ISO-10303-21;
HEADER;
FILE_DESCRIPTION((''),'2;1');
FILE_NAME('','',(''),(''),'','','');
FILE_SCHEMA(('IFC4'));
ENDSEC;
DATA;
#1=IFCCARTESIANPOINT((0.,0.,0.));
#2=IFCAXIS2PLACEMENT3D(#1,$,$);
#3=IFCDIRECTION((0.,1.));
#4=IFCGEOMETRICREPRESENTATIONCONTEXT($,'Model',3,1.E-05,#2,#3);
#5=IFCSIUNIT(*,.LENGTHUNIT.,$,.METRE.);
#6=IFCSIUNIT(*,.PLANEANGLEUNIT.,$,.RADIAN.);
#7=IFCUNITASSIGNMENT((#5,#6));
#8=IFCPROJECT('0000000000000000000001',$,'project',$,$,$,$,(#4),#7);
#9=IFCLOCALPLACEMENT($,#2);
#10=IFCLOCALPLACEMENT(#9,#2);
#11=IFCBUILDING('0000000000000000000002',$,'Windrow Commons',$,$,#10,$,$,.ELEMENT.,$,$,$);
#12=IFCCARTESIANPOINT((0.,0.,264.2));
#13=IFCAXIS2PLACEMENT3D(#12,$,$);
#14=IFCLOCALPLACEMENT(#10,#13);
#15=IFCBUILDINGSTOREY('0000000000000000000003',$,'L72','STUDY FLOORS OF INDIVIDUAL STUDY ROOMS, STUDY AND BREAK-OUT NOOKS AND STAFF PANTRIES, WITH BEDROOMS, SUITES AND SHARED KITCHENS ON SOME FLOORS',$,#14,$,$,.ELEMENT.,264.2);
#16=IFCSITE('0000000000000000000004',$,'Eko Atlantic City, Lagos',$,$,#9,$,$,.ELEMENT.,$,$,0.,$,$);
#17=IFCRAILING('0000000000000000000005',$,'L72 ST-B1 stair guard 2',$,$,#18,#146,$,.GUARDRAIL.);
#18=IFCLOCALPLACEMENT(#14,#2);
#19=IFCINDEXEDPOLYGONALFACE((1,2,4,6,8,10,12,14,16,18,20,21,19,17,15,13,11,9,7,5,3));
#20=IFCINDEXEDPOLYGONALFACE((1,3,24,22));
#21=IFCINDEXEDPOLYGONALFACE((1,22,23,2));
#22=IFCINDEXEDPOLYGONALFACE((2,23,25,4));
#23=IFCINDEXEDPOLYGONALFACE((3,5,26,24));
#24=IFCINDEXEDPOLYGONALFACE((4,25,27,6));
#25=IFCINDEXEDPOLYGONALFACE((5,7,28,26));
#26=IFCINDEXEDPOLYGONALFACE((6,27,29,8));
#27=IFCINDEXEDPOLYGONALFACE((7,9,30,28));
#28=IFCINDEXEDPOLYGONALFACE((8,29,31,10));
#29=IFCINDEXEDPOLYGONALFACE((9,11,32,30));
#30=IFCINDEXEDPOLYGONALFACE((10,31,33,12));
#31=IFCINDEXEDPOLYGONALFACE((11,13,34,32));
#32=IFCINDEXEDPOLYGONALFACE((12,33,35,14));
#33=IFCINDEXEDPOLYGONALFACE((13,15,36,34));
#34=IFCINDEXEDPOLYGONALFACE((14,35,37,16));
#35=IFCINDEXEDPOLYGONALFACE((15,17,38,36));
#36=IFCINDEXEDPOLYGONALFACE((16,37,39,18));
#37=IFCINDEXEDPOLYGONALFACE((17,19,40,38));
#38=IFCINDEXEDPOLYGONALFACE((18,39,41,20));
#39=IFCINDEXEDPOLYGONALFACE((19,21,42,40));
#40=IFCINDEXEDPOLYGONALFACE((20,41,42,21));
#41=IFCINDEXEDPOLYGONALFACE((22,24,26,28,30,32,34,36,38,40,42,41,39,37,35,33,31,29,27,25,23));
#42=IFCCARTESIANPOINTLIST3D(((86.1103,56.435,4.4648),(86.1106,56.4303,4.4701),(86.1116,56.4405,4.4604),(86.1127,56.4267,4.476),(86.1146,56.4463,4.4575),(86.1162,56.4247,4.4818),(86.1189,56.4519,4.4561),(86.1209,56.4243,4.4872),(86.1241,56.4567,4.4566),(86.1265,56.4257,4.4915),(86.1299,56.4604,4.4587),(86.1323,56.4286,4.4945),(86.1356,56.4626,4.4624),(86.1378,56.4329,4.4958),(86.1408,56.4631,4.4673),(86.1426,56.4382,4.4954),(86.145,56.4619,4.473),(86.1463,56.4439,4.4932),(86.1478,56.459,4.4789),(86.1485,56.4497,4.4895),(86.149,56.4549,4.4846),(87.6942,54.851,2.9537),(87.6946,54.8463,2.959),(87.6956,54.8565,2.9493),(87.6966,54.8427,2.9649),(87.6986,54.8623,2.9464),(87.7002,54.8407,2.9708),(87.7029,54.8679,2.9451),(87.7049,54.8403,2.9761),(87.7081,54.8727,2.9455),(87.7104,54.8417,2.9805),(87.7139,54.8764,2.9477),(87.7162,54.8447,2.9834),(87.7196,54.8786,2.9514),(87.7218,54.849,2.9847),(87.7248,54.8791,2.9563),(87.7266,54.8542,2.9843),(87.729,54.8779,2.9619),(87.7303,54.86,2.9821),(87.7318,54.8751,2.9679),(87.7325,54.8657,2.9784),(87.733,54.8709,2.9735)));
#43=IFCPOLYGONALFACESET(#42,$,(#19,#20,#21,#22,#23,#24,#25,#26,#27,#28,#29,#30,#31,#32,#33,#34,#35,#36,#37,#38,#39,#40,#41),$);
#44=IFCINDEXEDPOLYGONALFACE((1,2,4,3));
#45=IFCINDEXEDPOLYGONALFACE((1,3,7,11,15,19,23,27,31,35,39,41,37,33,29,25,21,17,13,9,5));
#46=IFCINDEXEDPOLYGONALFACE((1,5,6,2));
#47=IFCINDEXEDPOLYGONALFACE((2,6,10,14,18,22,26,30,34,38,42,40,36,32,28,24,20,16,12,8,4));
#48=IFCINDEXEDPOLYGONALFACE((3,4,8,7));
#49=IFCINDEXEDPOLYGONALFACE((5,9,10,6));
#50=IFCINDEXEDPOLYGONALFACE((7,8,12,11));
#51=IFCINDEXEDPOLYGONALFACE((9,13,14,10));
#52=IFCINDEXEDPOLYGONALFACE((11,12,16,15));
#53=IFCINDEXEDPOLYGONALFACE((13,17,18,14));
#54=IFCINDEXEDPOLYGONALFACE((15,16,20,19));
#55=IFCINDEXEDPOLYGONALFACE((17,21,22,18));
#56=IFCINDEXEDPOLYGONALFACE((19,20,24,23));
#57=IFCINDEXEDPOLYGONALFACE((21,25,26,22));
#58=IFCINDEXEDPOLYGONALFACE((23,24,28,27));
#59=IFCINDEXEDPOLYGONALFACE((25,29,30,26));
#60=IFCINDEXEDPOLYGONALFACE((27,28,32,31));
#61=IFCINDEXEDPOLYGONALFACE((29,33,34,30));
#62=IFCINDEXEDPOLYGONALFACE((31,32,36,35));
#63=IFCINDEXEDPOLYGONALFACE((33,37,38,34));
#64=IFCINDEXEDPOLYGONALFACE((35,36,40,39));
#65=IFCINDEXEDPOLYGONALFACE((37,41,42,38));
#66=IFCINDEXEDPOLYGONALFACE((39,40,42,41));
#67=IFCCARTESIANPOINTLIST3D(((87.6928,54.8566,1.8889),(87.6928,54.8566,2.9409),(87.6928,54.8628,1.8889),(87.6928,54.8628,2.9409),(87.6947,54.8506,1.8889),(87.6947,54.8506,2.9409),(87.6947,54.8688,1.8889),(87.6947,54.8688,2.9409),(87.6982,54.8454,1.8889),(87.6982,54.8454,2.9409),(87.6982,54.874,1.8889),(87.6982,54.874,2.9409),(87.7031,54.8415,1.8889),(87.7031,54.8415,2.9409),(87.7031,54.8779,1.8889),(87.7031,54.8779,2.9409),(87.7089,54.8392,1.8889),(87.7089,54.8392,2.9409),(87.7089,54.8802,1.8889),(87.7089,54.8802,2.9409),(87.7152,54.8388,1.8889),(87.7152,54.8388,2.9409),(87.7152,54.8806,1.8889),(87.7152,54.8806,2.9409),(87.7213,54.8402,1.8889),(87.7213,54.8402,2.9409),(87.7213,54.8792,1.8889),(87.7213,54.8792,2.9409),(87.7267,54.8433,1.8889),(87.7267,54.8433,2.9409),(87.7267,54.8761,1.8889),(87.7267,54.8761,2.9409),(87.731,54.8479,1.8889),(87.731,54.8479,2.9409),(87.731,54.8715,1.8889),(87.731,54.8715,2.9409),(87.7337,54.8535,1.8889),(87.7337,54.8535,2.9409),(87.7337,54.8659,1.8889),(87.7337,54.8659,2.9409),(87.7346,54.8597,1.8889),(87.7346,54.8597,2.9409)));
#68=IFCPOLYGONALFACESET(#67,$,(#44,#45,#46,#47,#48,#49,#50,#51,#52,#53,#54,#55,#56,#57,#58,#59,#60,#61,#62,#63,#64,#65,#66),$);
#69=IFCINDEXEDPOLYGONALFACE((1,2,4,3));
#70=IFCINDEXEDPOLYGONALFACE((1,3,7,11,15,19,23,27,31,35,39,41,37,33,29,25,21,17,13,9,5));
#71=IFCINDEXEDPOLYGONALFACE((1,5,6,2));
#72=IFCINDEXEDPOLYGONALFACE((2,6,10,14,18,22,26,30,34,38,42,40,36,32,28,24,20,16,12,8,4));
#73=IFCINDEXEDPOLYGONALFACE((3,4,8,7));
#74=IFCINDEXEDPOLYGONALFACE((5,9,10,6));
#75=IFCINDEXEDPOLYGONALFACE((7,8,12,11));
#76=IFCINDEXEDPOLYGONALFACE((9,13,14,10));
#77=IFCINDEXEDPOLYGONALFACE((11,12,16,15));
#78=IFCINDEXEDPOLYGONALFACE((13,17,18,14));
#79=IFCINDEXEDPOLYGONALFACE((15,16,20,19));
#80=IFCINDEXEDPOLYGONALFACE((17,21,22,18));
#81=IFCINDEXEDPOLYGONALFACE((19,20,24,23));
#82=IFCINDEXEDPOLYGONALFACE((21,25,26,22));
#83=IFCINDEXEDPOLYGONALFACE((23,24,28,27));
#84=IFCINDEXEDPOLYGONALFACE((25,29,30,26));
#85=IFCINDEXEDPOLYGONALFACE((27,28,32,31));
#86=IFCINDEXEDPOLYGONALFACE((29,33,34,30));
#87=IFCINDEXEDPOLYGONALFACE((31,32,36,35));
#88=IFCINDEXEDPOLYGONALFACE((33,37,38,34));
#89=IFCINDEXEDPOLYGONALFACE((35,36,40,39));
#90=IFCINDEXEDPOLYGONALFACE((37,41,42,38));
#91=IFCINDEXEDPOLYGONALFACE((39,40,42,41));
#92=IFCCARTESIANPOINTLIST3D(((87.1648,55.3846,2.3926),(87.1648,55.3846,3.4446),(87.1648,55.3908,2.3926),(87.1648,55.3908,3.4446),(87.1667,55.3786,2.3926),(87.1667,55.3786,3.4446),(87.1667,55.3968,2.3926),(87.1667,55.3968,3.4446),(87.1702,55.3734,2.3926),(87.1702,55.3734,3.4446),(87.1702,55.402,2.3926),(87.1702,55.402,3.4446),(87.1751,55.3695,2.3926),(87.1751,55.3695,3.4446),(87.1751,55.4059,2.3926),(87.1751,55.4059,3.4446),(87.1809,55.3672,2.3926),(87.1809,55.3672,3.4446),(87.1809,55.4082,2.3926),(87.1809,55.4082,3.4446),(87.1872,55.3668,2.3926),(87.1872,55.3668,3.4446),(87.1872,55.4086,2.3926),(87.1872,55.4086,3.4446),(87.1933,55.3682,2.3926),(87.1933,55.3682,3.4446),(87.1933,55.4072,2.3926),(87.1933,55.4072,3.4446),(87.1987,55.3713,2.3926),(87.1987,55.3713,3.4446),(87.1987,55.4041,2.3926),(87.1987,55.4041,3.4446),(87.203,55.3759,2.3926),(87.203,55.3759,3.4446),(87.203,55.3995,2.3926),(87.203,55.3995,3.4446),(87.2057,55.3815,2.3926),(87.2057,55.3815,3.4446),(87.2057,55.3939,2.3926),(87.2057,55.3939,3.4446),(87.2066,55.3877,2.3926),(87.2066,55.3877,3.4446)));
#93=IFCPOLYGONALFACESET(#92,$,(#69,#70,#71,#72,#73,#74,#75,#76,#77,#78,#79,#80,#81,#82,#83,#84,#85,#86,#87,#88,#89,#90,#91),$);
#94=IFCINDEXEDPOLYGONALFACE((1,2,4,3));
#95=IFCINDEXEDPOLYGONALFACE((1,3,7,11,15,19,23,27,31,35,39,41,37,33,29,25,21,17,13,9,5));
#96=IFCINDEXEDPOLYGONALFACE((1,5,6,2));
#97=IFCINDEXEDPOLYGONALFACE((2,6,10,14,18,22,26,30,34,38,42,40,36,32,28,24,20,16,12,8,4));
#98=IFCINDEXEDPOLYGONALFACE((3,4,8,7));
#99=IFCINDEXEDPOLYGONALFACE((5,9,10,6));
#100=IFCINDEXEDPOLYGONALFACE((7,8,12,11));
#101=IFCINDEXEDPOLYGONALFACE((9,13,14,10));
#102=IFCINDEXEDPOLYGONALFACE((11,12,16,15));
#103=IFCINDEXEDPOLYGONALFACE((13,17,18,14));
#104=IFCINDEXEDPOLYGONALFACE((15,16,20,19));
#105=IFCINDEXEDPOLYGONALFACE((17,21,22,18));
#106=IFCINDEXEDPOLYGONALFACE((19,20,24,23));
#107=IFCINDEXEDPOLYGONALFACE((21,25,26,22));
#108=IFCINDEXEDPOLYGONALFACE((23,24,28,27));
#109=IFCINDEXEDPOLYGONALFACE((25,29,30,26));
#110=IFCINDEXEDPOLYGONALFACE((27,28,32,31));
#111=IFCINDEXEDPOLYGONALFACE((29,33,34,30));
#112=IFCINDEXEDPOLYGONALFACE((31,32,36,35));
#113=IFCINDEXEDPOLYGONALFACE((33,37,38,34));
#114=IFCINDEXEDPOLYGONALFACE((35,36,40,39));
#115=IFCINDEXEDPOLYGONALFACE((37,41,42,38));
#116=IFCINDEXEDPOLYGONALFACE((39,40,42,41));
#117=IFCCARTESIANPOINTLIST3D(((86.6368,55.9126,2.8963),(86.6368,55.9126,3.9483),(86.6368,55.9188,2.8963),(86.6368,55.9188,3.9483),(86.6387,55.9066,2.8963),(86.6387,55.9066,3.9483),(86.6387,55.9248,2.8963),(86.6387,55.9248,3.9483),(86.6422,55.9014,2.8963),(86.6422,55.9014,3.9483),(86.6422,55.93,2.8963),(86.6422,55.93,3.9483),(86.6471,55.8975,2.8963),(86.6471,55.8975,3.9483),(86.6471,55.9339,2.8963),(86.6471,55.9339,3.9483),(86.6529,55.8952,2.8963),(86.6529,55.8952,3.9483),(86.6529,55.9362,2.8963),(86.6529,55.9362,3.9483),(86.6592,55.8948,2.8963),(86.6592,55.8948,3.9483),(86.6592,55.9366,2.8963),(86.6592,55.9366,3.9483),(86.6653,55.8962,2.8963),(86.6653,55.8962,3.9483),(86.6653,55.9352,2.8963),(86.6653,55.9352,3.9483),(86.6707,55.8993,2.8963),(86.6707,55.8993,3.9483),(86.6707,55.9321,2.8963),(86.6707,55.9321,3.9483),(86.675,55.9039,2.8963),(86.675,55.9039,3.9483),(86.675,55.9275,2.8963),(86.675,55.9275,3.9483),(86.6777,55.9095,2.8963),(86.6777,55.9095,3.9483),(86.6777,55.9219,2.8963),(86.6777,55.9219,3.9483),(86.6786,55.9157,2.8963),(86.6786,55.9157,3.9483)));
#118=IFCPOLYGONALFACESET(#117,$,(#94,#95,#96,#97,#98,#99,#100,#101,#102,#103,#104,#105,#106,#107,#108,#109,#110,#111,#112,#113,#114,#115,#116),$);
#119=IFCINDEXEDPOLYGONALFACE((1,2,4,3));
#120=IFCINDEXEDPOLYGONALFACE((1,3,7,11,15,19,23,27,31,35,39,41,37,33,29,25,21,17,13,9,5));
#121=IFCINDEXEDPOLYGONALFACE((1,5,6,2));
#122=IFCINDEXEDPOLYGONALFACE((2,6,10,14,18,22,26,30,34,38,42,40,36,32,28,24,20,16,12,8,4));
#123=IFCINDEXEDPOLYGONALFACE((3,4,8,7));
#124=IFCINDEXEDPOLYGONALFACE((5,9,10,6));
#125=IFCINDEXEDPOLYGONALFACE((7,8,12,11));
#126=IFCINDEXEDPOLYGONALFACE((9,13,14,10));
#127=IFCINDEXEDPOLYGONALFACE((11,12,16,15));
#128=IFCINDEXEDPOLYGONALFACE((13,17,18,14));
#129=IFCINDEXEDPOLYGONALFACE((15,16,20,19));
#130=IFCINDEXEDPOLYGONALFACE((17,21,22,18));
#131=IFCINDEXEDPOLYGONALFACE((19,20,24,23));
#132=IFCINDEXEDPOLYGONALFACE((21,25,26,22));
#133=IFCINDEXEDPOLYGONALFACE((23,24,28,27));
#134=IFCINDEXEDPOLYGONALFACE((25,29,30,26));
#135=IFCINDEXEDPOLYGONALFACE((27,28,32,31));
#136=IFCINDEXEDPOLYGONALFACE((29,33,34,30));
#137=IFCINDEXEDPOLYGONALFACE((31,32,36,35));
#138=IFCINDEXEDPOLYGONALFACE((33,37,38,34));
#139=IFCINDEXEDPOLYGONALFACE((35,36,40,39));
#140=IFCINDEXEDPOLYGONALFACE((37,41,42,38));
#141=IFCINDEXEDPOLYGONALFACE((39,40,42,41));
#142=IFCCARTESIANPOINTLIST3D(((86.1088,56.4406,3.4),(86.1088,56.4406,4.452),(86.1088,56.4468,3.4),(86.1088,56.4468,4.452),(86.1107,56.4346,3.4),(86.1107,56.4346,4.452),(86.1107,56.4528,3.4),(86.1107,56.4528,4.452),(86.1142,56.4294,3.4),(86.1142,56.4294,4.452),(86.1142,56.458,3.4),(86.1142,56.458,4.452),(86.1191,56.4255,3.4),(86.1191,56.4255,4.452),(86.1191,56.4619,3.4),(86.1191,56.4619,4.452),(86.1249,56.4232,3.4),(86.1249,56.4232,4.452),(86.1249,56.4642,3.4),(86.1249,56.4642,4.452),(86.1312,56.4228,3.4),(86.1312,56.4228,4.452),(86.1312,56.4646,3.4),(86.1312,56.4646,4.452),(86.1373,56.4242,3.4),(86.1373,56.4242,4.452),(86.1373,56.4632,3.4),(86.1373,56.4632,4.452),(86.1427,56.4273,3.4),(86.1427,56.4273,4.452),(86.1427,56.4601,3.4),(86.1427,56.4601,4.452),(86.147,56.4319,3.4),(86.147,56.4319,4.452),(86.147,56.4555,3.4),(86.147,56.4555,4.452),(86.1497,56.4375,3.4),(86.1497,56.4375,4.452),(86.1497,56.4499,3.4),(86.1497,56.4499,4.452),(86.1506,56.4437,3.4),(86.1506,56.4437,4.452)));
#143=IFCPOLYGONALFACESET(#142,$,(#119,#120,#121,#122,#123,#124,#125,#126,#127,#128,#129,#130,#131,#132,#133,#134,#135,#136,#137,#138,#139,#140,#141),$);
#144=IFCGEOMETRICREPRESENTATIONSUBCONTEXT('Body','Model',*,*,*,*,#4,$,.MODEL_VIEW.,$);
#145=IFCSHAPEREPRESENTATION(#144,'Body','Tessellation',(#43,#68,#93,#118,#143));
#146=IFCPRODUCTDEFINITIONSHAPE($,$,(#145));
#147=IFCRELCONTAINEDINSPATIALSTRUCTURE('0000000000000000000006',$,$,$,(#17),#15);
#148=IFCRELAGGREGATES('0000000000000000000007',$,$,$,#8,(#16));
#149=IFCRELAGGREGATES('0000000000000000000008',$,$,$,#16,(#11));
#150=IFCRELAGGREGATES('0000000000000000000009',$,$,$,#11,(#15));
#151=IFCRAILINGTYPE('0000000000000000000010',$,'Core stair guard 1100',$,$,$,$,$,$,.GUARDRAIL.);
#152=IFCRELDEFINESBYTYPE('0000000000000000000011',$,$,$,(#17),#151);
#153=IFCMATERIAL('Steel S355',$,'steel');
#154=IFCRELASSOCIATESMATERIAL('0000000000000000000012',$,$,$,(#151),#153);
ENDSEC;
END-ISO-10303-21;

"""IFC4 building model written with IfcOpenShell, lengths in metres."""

from ifc_helpers import new_model, si_unit, direction, frame, origin, origin_2d, place, context, subcontext, project, spatial, circle, extrude, material, type_object, element, save


model = new_model("IFC4")

# Units and contexts
model_context = context("Model", 3, precision=1e-05, world=origin(), true_north=direction((0.0, 1.0)))
body_context = subcontext(model_context, "Body", "Model", "MODEL_VIEW")
ifc_project = project(units=[si_unit("LENGTHUNIT", "METRE"), si_unit("PLANEANGLEUNIT", "RADIAN")], contexts=[model_context])

# Site, building, storey
site_placement = place(None, origin())
site = spatial("IfcSite", under=ifc_project, at=site_placement, Name="Eko Atlantic City, Lagos", CompositionType="ELEMENT", RefElevation=0.0)
building_placement = place(site_placement, origin())
building = spatial("IfcBuilding", under=site, at=building_placement, Name="Windrow Commons", CompositionType="ELEMENT")
storey_placement = place(building_placement, frame((0.0, 0.0, 264.2)))
storey = spatial("IfcBuildingStorey", under=building, at=storey_placement, Name="L72", Description="STUDY FLOORS OF INDIVIDUAL STUDY ROOMS, STUDY AND BREAK-OUT NOOKS AND STAFF PANTRIES, WITH BEDROOMS, SUITES AND SHARED KITCHENS ON SOME FLOORS", CompositionType="ELEMENT", Elevation=264.2)

# Railing
ifc_material_1 = material(Name="Steel S355", Category="steel")
railing_type_1 = type_object("IfcRailingType", Name="Core stair guard 1100", PredefinedType="GUARDRAIL", material=ifc_material_1)
railing_1_placement = place(storey_placement, frame((87.7136, 54.8597, 1.8889)))
element("IfcRailing", 1, at=railing_1_placement, inside=storey, type_object=railing_type_1, Name="L72 ST-B1 stair guard 2", PredefinedType="GUARDRAIL", context=body_context, shape_type="SweptSolid", body=[
    extrude(circle(Radius=0.024, at=origin_2d()), frame((0.0, 0.0, 1.076), z_axis=(-0.586203, 0.586203, 0.559224), x_axis=(-0.707107, -0.707107, 0.0)), (0.0, 0.0, 1.0), 2.7021),
    extrude(circle(Radius=0.021, at=origin_2d()), origin(), (0.0, 0.0, 1.0), 1.052),
    extrude(circle(Radius=0.021, at=origin_2d()), frame((-0.528, 0.528, 0.5037)), (0.0, 0.0, 1.0), 1.052),
    extrude(circle(Radius=0.021, at=origin_2d()), frame((-1.056, 1.056, 1.0074)), (0.0, 0.0, 1.0), 1.052),
    extrude(circle(Radius=0.021, at=origin_2d()), frame((-1.584, 1.584, 1.5111)), (0.0, 0.0, 1.0), 1.052),
])

save(model, "model.ifc")
